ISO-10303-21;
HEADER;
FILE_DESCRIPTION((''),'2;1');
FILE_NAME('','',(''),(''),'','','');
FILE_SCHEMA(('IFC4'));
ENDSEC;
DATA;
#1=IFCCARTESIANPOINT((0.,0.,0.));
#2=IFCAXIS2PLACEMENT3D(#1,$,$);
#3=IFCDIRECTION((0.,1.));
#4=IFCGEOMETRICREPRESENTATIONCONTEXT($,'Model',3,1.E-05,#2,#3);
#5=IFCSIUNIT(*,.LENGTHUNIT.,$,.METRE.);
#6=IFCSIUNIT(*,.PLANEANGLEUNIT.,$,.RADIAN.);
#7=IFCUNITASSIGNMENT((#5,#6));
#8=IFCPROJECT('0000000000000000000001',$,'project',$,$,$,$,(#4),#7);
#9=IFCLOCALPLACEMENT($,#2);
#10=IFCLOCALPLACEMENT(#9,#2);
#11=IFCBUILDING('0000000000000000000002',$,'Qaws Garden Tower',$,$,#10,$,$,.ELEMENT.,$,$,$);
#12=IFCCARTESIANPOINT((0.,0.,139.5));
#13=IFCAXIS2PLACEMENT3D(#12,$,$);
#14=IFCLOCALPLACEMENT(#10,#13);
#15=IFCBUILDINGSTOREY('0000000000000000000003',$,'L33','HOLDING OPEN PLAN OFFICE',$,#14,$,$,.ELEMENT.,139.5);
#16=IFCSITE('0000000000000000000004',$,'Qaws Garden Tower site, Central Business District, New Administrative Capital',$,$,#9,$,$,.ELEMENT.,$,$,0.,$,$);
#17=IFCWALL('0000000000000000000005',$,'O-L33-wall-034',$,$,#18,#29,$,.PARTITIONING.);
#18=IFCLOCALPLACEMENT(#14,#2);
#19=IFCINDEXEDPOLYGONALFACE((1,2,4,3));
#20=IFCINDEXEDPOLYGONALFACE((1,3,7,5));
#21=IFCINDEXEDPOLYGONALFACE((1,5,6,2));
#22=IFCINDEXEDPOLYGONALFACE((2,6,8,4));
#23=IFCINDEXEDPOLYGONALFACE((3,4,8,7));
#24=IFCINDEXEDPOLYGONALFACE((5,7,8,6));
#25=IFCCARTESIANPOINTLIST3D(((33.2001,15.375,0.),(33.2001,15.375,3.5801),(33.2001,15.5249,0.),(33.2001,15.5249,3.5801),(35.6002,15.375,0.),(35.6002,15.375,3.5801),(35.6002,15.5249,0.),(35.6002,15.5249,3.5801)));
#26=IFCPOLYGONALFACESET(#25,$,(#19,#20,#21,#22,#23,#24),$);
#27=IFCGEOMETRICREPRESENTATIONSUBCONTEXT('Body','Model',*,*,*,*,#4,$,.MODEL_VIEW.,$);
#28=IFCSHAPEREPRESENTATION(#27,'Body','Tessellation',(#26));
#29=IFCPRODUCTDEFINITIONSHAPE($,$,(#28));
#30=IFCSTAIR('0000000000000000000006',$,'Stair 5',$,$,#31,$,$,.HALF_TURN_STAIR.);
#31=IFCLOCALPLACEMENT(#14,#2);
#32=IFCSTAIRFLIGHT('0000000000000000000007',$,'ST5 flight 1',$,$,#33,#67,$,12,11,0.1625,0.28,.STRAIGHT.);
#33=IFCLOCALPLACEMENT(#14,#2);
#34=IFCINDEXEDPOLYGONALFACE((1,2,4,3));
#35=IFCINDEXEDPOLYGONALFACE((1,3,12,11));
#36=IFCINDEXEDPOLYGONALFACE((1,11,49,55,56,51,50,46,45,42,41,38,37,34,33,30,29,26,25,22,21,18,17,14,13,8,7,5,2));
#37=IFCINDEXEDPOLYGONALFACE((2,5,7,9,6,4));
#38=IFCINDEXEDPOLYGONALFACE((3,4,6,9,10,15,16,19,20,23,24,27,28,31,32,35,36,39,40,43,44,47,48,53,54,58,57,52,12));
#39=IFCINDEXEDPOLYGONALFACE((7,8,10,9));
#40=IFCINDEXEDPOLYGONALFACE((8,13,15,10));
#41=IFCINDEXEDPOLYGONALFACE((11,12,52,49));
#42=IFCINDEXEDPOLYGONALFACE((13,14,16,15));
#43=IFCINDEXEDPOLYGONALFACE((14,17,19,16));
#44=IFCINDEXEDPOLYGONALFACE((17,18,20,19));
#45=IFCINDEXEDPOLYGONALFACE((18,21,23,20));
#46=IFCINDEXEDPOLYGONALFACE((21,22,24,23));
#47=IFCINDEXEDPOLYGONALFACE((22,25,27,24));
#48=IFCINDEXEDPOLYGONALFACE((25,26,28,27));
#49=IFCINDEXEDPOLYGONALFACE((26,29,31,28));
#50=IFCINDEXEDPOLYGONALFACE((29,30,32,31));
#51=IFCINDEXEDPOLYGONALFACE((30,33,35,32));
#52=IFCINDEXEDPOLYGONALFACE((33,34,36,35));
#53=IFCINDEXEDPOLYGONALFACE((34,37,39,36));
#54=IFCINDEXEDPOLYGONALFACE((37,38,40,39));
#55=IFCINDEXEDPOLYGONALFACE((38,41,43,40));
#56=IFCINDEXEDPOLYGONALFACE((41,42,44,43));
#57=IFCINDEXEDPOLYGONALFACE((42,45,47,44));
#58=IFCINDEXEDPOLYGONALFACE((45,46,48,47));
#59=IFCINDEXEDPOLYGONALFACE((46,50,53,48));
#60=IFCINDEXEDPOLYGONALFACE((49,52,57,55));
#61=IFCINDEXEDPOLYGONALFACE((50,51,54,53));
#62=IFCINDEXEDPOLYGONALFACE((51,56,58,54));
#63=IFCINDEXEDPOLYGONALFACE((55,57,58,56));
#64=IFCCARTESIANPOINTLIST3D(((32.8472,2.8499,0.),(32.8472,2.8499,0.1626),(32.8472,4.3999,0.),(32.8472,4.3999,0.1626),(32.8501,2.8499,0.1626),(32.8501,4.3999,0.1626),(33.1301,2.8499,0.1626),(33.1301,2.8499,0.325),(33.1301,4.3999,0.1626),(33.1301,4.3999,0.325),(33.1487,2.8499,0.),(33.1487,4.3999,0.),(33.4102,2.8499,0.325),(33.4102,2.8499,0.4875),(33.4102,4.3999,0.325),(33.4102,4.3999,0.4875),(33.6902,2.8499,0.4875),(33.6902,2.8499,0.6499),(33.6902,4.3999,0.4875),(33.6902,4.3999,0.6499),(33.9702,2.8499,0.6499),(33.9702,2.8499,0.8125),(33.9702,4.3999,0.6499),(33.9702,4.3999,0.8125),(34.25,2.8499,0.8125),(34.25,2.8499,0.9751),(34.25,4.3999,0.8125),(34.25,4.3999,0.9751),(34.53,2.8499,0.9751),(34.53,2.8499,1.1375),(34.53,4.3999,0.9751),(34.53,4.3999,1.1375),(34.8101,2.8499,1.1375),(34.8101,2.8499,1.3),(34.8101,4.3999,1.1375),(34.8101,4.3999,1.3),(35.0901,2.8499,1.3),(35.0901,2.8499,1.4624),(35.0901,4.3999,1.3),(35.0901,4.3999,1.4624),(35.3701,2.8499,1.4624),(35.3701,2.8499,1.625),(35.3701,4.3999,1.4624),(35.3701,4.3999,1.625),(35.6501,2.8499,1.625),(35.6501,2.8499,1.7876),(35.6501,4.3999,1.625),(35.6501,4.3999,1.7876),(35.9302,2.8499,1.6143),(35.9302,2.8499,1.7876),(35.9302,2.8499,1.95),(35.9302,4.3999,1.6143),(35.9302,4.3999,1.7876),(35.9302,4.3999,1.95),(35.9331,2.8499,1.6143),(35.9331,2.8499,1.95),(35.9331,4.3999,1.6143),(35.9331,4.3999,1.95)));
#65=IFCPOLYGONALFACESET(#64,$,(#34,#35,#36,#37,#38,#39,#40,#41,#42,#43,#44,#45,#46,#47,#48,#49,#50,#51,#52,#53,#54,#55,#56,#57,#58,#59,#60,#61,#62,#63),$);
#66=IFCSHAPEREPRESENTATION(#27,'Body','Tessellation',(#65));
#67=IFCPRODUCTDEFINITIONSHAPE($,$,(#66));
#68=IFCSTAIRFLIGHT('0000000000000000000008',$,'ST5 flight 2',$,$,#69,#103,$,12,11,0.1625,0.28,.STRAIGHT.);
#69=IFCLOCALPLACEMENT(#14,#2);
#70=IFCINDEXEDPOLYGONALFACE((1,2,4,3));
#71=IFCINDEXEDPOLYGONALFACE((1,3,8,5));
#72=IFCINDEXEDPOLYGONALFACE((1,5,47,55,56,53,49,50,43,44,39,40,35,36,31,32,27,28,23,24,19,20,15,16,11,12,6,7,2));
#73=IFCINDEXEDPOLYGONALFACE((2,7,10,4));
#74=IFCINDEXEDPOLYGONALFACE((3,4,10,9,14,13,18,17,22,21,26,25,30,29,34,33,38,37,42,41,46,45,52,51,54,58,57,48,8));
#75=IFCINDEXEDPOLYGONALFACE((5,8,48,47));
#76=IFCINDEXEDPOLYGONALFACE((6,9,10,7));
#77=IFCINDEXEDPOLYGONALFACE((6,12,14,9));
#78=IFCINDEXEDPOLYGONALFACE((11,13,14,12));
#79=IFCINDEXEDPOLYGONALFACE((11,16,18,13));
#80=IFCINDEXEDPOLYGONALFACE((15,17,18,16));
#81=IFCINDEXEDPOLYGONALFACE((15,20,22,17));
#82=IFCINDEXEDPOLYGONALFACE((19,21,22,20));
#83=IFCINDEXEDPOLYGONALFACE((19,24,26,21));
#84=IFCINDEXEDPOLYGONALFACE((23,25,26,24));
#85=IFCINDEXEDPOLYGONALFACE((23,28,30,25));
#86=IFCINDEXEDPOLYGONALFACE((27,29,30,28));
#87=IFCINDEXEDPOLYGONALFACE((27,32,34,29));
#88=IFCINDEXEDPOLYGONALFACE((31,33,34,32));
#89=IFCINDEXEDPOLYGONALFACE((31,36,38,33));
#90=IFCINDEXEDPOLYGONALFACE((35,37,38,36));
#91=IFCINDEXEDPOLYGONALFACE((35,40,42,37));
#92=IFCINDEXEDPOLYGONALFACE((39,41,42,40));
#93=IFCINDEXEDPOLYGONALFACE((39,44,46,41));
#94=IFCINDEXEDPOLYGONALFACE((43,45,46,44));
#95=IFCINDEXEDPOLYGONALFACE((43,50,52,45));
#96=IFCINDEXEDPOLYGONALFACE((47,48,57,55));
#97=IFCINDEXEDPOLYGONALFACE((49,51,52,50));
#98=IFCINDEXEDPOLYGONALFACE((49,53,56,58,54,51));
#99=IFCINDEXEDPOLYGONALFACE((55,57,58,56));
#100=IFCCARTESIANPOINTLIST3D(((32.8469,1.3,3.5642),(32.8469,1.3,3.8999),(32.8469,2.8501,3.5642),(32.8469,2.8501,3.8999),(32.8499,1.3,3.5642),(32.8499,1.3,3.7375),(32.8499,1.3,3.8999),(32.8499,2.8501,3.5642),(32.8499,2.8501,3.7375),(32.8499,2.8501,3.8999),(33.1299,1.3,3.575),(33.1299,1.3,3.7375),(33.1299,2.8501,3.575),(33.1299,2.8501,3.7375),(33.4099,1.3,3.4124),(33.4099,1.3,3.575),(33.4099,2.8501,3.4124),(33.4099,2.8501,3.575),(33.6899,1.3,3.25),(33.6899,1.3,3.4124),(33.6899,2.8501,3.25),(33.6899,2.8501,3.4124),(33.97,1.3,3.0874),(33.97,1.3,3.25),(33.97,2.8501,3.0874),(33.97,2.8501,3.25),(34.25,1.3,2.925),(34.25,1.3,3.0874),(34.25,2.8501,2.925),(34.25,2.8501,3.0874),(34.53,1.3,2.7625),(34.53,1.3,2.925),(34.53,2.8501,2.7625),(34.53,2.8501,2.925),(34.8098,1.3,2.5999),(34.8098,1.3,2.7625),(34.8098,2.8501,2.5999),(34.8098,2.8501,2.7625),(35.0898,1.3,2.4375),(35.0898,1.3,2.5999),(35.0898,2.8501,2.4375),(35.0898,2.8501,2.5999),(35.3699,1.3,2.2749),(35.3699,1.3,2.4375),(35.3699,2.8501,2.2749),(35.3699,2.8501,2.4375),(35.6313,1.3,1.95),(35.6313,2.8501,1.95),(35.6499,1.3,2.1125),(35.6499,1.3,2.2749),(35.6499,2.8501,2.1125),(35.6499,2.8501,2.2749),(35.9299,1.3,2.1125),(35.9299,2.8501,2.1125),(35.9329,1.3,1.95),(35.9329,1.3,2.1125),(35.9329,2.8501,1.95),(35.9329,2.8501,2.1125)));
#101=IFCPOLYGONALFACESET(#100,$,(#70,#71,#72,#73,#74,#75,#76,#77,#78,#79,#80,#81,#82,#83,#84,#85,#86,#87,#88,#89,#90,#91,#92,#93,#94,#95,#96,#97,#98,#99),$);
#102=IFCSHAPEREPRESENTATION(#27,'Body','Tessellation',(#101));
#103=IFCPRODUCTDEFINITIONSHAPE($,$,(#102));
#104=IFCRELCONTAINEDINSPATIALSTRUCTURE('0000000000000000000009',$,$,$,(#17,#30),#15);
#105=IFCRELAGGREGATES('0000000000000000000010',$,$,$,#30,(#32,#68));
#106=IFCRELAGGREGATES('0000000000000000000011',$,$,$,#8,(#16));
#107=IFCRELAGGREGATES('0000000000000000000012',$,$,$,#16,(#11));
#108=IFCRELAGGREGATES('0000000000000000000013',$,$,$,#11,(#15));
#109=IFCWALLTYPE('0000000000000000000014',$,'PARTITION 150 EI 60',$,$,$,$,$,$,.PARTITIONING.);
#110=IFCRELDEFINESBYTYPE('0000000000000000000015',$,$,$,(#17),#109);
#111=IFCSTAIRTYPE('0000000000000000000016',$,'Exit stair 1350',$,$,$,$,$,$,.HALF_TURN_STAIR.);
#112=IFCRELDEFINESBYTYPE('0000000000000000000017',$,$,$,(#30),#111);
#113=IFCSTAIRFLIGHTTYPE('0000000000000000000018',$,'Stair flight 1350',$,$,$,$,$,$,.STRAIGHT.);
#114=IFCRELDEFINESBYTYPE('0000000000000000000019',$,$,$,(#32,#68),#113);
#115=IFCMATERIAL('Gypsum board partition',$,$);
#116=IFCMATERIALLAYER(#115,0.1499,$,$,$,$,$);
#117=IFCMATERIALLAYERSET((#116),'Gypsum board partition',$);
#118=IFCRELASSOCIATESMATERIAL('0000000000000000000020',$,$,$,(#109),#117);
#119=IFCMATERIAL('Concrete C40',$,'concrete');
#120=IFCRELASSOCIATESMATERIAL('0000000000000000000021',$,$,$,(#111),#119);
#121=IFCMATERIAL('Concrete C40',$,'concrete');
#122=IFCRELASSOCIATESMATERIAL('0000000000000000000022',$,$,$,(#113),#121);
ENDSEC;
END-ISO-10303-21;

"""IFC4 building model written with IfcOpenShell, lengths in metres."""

from ifc_helpers import new_model, si_unit, direction, frame, frame_2d, origin, place, context, subcontext, project, spatial, polyline, rectangle, outline, extrude, material, layer, layer_set, type_object, element, aggregate, save


model = new_model("IFC4")

# Units and contexts
model_context = context("Model", 3, precision=1e-05, world=origin(), true_north=direction((0.0, 1.0)))
body_context = subcontext(model_context, "Body", "Model", "MODEL_VIEW")
ifc_project = project(units=[si_unit("LENGTHUNIT", "METRE"), si_unit("PLANEANGLEUNIT", "RADIAN")], contexts=[model_context])

# Site, building, storey
site_placement = place(None, origin())
site = spatial("IfcSite", under=ifc_project, at=site_placement, Name="Qaws Garden Tower site, Central Business District, New Administrative Capital", CompositionType="ELEMENT", RefElevation=0.0)
building_placement = place(site_placement, origin())
building = spatial("IfcBuilding", under=site, at=building_placement, Name="Qaws Garden Tower", CompositionType="ELEMENT")
storey_placement = place(building_placement, frame((0.0, 0.0, 139.5)))
storey = spatial("IfcBuildingStorey", under=building, at=storey_placement, Name="L33", Description="HOLDING OPEN PLAN OFFICE", CompositionType="ELEMENT", Elevation=139.5)

# Shared definitions
ifc_material_1 = material(Name="Gypsum board partition")
ifc_layer_1 = layer(ifc_material_1, 0.1499)
ifc_layer_set_1 = layer_set([ifc_layer_1], Name="Gypsum board partition")
wall_type_1 = type_object("IfcWallType", Name="PARTITION 150 EI 60", PredefinedType="PARTITIONING", material=ifc_layer_set_1)

# Wall
wall_1_placement = place(storey_placement, frame((33.2, 15.45, 0.0), z_axis=(0.0, 0.0, 1.0), x_axis=(1.0, 0.0, 0.0)))
element("IfcWall", 1, at=wall_1_placement, inside=storey, type_object=wall_type_1, Name="O-L33-wall-034", PredefinedType="PARTITIONING", context=body_context, shape_type="SweptSolid", body=[
    extrude(rectangle(XDim=2.4001, YDim=0.1499, at=frame_2d((1.2002, 0.0))), origin(), (0.0, 0.0, 1.0), 3.5801),
])

# Stair, stair flights
ifc_material_2 = material(Name="Concrete C40", Category="concrete")
stair_type = type_object("IfcStairType", Name="Exit stair 1350", PredefinedType="HALF_TURN_STAIR", material=ifc_material_2)
stair_placement = place(storey_placement, origin())
stair = element("IfcStair", 2, at=stair_placement, inside=storey, type_object=stair_type, Name="Stair 5", PredefinedType="HALF_TURN_STAIR")
ifc_material_3 = material(Name="Concrete C40", Category="concrete")
stair_flight_type = type_object("IfcStairFlightType", Name="Stair flight 1350", PredefinedType="STRAIGHT", material=ifc_material_3)
stair_flight_1_placement = place(storey_placement, frame((32.8501, 3.625, 0.0), z_axis=(0.0, 0.0, 1.0), x_axis=(1.0, 0.0, 0.0)))
stair_flight_1 = element("IfcStairFlight", 3, at=stair_flight_1_placement, type_object=stair_flight_type, Name="ST5 flight 1", NumberOfRisers=12, NumberOfTreads=11, PredefinedType="STRAIGHT", RiserHeight=0.1625, TreadLength=0.28, context=body_context, shape_type="SweptSolid", body=[
    extrude(outline(polyline([(-0.0029, 0.0), (-0.0029, 0.1626), (0.0, 0.1626), (0.28, 0.1626), (0.28, 0.325), (0.5601, 0.325), (0.5601, 0.4875), (0.8401, 0.4875), (0.8401, 0.6499), (1.1201, 0.6499), (1.1201, 0.8125), (1.3999, 0.8125), (1.3999, 0.9751), (1.6799, 0.9751), (1.6799, 1.1375), (1.96, 1.1375), (1.96, 1.3), (2.24, 1.3), (2.24, 1.4624), (2.52, 1.4624), (2.52, 1.625), (2.8, 1.625), (2.8, 1.7876), (3.0801, 1.7876), (3.0801, 1.95), (3.083, 1.95), (3.083, 1.6143), (3.0801, 1.6143), (0.2986, 0.0), (-0.0029, 0.0)])), frame((0.0, 0.7749, 0.0), z_axis=(0.0, -1.0, 0.0), x_axis=(1.0, 0.0, 0.0)), (0.0, 0.0, 1.0), 1.55),
])
stair_flight_2_placement = place(storey_placement, frame((35.9299, 2.075, 1.95), z_axis=(0.0, 0.0, 1.0), x_axis=(-1.0, 0.0, 0.0)))
stair_flight_2 = element("IfcStairFlight", 4, at=stair_flight_2_placement, type_object=stair_flight_type, Name="ST5 flight 2", NumberOfRisers=12, NumberOfTreads=11, PredefinedType="STRAIGHT", RiserHeight=0.1625, TreadLength=0.28, context=body_context, shape_type="SweptSolid", body=[
    extrude(outline(polyline([(-0.0029, 0.0), (-0.0029, 0.1626), (0.0, 0.1626), (0.28, 0.1626), (0.28, 0.325), (0.5601, 0.325), (0.5601, 0.4875), (0.8401, 0.4875), (0.8401, 0.6499), (1.1201, 0.6499), (1.1201, 0.8125), (1.3999, 0.8125), (1.3999, 0.9751), (1.6799, 0.9751), (1.6799, 1.1375), (1.96, 1.1375), (1.96, 1.3), (2.24, 1.3), (2.24, 1.4624), (2.52, 1.4624), (2.52, 1.625), (2.8, 1.625), (2.8, 1.7876), (3.0801, 1.7876), (3.0801, 1.95), (3.083, 1.95), (3.083, 1.6143), (3.0801, 1.6143), (0.2986, 0.0), (-0.0029, 0.0)])), frame((0.0, 0.7749, 0.0), z_axis=(0.0, -1.0, 0.0), x_axis=(1.0, 0.0, 0.0)), (0.0, 0.0, 1.0), 1.55),
])
aggregate(stair, [stair_flight_1, stair_flight_2])

save(model, "model.ifc")
